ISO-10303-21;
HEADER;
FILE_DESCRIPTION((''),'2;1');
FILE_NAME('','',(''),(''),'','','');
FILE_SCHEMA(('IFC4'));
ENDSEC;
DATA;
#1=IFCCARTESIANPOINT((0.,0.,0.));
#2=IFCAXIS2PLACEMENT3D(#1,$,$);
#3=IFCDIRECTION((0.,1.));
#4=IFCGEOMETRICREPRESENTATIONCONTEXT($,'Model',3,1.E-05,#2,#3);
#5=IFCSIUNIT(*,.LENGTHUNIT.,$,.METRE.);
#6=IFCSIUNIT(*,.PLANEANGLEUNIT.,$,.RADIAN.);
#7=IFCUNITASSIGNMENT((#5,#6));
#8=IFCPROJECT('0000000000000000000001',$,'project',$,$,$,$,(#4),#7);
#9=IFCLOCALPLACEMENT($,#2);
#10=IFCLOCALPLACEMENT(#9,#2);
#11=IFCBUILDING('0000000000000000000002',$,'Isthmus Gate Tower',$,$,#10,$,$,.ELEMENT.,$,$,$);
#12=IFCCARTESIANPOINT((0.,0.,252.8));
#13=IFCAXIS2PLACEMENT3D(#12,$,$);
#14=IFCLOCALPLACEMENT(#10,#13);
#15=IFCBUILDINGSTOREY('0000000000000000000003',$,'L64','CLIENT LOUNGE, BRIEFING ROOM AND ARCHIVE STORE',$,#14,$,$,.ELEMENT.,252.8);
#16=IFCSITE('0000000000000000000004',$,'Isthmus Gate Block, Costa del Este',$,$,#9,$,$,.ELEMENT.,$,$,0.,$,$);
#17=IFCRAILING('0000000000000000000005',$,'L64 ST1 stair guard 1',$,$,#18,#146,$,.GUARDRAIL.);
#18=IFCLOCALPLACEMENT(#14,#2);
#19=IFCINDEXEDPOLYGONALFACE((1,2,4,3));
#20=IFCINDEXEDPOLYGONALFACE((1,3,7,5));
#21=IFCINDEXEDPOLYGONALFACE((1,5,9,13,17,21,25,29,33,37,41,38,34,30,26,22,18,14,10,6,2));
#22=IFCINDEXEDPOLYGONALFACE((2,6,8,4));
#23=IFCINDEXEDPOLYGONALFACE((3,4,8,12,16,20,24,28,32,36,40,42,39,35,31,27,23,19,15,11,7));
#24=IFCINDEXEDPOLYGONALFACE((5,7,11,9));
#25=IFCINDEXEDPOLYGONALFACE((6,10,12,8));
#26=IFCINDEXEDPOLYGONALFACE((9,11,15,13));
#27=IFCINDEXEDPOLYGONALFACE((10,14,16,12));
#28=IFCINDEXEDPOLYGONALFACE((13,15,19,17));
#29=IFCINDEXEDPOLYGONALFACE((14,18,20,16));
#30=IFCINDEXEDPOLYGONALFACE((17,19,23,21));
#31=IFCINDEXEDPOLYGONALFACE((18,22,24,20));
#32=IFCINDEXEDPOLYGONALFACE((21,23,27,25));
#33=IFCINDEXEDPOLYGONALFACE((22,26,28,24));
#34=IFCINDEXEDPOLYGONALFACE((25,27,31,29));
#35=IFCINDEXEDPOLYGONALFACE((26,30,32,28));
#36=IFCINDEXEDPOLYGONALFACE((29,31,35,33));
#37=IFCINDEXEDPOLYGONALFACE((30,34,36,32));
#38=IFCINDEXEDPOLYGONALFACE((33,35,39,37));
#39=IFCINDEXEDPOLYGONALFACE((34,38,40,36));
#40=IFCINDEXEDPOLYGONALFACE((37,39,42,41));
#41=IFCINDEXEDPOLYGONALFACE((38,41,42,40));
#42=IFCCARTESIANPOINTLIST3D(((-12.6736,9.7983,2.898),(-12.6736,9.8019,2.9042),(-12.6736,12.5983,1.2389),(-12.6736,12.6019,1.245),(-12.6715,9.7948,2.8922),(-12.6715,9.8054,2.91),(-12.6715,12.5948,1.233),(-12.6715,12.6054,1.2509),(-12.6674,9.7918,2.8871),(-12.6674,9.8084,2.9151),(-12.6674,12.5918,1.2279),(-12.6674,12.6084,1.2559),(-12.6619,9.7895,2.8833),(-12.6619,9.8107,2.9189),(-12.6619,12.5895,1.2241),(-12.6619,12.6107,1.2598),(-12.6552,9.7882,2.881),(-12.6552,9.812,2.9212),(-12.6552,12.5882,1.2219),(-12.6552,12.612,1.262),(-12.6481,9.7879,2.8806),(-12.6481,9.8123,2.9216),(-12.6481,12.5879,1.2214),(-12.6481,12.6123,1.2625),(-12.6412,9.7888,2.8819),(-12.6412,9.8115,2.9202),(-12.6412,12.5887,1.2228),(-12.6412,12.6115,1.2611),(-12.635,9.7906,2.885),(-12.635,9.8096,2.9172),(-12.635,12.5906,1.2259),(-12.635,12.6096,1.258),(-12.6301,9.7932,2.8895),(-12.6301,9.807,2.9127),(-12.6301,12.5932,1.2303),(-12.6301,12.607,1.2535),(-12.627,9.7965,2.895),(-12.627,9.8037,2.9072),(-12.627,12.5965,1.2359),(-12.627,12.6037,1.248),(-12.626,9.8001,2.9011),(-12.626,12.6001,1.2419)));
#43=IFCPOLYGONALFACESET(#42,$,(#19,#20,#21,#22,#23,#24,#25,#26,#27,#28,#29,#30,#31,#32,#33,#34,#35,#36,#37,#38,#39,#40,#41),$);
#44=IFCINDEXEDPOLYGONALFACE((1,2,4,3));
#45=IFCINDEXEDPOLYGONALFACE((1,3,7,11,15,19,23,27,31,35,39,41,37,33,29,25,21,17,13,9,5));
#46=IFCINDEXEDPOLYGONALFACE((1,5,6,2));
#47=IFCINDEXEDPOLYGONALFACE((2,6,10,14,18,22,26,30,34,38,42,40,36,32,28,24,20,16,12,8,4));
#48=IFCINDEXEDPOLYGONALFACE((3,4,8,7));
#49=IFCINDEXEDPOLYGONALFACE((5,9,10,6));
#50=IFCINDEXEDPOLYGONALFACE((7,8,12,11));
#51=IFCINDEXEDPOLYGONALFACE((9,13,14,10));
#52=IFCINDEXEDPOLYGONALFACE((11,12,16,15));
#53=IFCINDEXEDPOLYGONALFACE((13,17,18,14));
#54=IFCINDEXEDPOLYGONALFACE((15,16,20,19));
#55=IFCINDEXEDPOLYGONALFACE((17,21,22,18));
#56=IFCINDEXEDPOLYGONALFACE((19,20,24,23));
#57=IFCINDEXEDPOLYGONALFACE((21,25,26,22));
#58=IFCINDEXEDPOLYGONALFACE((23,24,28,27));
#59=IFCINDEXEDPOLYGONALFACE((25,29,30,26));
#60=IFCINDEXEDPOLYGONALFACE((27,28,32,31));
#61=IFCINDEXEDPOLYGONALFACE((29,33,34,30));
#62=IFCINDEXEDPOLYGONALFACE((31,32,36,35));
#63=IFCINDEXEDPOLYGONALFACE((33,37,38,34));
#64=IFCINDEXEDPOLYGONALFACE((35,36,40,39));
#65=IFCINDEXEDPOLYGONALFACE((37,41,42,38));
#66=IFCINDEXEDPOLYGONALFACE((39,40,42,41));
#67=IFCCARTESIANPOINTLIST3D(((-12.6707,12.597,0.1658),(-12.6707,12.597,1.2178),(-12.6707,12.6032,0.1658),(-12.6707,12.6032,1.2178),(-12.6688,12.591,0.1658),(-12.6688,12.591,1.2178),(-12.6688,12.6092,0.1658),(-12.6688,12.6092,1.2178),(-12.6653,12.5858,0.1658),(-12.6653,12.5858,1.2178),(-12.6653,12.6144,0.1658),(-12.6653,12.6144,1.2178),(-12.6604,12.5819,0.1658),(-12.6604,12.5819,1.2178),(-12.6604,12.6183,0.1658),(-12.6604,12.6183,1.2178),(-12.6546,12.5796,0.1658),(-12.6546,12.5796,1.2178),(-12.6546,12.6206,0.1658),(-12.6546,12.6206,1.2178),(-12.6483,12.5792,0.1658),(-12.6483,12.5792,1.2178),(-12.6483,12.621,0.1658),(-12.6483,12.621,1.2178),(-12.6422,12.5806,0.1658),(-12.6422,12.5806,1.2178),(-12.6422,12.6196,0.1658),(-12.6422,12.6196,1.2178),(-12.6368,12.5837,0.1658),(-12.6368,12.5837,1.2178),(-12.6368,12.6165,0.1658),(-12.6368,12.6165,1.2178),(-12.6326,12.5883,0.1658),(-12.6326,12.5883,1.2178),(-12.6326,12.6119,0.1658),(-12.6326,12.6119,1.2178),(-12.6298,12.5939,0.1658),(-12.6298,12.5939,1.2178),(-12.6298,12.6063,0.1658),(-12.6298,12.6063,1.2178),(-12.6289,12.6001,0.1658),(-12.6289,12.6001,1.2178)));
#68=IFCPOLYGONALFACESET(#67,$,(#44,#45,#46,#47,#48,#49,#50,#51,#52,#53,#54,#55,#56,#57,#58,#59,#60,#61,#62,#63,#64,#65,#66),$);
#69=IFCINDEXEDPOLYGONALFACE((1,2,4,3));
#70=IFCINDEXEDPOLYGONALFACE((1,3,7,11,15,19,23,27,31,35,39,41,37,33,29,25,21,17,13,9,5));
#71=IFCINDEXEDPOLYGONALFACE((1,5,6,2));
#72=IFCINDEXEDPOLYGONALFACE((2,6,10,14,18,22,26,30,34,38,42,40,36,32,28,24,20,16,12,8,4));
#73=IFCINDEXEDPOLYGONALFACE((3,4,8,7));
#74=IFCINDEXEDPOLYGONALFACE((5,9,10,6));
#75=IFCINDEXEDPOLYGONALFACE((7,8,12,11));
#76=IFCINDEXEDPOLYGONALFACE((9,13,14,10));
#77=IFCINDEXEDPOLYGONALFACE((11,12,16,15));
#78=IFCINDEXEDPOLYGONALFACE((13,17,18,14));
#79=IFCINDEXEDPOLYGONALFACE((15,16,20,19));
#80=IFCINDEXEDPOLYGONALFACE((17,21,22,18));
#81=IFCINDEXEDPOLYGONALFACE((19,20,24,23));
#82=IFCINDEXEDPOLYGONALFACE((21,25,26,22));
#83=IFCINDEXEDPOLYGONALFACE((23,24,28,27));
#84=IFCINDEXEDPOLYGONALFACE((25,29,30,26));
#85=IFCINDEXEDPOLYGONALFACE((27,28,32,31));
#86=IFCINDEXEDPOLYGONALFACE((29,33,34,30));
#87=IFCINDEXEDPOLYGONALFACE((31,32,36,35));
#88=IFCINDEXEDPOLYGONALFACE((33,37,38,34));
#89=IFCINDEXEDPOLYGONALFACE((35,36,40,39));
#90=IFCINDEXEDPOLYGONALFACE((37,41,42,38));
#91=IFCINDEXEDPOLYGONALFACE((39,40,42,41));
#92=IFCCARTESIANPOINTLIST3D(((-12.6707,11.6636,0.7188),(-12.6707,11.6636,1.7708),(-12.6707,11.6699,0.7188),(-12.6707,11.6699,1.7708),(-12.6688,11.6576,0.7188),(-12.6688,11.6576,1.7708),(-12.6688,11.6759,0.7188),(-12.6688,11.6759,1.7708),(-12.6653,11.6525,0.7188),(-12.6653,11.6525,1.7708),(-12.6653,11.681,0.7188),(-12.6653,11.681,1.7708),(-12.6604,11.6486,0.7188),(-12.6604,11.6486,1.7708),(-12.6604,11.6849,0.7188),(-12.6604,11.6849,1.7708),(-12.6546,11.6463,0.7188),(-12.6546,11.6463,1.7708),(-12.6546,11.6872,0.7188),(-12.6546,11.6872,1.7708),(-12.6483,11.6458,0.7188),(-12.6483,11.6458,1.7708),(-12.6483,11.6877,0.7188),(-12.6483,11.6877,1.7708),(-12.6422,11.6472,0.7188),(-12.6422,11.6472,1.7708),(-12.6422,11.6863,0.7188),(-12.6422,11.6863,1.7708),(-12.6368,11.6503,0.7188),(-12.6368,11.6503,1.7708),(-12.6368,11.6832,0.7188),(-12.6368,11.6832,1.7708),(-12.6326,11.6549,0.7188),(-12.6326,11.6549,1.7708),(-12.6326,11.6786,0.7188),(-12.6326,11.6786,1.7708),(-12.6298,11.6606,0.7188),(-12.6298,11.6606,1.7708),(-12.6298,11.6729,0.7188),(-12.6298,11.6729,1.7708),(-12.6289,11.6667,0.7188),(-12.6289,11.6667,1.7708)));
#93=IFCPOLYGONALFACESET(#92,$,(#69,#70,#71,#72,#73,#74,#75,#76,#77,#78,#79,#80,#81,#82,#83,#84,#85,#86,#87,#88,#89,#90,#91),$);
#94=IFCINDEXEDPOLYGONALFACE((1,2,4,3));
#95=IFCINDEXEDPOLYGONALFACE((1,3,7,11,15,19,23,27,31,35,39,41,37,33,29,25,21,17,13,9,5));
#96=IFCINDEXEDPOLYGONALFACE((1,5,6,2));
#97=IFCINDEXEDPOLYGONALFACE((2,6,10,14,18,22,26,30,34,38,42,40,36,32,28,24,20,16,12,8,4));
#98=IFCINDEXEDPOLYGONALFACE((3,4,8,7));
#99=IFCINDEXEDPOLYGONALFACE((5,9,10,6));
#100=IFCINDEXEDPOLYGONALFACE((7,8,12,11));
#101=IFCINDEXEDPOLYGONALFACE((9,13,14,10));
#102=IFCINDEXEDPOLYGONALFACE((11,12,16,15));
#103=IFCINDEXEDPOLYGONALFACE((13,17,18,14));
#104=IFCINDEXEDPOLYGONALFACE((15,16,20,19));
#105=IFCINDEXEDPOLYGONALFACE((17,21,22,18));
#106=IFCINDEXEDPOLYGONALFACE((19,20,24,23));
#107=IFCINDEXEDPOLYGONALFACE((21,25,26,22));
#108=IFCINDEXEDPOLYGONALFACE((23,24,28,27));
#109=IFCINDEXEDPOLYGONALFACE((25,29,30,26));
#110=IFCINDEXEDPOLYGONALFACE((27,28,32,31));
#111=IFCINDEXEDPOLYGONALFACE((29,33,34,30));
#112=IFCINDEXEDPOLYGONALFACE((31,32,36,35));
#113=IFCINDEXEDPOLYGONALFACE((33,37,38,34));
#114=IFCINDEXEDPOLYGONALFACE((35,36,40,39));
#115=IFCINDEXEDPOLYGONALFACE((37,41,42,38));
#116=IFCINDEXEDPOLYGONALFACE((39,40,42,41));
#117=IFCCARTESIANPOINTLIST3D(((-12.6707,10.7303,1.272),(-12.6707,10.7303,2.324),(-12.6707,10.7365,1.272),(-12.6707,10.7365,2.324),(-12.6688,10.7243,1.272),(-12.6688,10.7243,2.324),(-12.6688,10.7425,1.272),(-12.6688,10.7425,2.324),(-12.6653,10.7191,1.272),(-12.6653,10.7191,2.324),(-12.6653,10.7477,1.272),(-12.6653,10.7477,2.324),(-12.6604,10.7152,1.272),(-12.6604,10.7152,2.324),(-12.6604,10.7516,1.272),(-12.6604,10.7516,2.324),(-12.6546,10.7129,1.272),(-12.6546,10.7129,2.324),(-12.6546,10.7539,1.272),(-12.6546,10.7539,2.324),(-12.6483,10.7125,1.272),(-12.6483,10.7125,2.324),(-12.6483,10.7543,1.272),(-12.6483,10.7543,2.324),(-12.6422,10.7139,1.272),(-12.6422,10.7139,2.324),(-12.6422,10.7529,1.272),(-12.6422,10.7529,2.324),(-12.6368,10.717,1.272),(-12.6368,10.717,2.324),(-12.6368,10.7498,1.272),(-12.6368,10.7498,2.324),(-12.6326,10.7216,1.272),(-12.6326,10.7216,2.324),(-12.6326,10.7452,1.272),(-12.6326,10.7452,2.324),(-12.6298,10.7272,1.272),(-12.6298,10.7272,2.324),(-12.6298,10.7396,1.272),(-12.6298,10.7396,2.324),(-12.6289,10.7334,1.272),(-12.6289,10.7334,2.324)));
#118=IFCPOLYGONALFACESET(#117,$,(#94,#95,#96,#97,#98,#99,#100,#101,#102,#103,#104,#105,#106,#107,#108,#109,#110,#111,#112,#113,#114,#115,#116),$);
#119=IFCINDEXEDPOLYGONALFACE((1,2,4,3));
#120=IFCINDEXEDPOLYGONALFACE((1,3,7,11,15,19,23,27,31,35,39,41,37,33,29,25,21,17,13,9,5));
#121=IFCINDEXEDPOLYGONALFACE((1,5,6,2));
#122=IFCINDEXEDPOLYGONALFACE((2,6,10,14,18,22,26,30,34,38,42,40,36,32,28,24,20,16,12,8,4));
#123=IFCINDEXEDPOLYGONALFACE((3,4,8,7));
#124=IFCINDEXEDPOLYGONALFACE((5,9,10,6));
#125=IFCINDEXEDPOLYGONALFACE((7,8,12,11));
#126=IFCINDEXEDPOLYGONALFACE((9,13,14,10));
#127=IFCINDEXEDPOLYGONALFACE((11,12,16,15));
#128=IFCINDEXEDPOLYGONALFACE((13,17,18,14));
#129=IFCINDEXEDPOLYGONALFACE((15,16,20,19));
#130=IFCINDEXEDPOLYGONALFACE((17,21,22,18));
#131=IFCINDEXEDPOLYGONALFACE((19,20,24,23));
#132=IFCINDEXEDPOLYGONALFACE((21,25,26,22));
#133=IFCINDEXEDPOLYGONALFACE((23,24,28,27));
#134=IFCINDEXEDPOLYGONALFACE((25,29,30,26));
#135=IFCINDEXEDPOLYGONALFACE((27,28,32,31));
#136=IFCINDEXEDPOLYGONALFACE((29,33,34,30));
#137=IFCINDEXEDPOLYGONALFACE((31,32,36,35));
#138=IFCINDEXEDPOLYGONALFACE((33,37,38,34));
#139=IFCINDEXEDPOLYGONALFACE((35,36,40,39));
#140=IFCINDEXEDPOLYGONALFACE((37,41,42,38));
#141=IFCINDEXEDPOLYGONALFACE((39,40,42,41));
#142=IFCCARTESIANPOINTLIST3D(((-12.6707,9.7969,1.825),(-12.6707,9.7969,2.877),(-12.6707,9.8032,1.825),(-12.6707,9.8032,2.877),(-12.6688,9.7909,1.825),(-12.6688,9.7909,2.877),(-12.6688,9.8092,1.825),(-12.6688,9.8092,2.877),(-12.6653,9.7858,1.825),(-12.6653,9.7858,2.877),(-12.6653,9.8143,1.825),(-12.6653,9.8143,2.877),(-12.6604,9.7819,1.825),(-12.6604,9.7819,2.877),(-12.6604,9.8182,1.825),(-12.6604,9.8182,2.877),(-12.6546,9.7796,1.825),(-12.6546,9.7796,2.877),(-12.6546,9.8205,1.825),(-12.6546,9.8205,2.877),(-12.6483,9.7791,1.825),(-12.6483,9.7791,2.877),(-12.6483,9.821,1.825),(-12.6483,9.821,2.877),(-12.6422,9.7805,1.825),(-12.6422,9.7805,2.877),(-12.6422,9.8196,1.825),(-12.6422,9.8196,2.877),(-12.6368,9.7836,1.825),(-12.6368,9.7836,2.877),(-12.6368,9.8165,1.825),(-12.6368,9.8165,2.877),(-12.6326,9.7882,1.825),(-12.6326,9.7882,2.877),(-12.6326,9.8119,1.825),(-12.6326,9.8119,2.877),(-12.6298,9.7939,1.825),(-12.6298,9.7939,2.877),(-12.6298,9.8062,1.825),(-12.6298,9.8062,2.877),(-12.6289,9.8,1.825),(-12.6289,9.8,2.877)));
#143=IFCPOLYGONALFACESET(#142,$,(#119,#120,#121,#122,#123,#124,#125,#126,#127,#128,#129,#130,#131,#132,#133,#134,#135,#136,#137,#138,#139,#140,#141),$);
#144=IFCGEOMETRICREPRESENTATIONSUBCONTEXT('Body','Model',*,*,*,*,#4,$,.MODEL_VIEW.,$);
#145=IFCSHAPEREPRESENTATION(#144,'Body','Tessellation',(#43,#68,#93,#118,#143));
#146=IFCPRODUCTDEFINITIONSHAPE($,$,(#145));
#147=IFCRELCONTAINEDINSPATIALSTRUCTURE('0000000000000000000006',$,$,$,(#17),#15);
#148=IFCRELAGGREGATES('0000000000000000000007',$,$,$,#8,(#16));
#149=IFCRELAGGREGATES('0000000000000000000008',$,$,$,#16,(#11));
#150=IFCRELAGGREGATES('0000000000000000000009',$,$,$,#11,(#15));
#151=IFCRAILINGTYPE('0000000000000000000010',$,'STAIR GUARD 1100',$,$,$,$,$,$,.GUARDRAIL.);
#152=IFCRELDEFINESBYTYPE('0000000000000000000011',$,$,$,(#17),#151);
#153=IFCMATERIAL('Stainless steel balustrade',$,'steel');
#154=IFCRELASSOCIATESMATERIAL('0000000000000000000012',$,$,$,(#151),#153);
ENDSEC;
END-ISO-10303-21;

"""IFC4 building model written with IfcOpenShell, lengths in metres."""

from ifc_helpers import new_model, si_unit, direction, frame, origin, origin_2d, place, context, subcontext, project, spatial, circle, extrude, material, type_object, element, save


model = new_model("IFC4")

# Units and contexts
model_context = context("Model", 3, precision=1e-05, world=origin(), true_north=direction((0.0, 1.0)))
body_context = subcontext(model_context, "Body", "Model", "MODEL_VIEW")
ifc_project = project(units=[si_unit("LENGTHUNIT", "METRE"), si_unit("PLANEANGLEUNIT", "RADIAN")], contexts=[model_context])

# Site, building, storey
site_placement = place(None, origin())
site = spatial("IfcSite", under=ifc_project, at=site_placement, Name="Isthmus Gate Block, Costa del Este", CompositionType="ELEMENT", RefElevation=0.0)
building_placement = place(site_placement, origin())
building = spatial("IfcBuilding", under=site, at=building_placement, Name="Isthmus Gate Tower", CompositionType="ELEMENT")
storey_placement = place(building_placement, frame((0.0, 0.0, 252.8)))
storey = spatial("IfcBuildingStorey", under=building, at=storey_placement, Name="L64", Description="CLIENT LOUNGE, BRIEFING ROOM AND ARCHIVE STORE", CompositionType="ELEMENT", Elevation=252.8)

# Railing
ifc_material_1 = material(Name="Stainless steel balustrade", Category="steel")
railing_type = type_object("IfcRailingType", Name="STAIR GUARD 1100", PredefinedType="GUARDRAIL", material=ifc_material_1)
railing_1_placement = place(storey_placement, frame((-12.6499, 12.6001, 0.1658)))
element("IfcRailing", 1, at=railing_1_placement, inside=storey, type_object=railing_type, Name="L64 ST1 stair guard 1", PredefinedType="GUARDRAIL", context=body_context, shape_type="SweptSolid", body=[
    extrude(circle(Radius=0.0239, at=origin_2d()), frame((0.0, 0.0, 1.0762), z_axis=(0.0, -0.860306, 0.509778), x_axis=(1.0, 0.0, 0.0)), (0.0, 0.0, 1.0), 3.2546),
    extrude(circle(Radius=0.021, at=origin_2d()), origin(), (0.0, 0.0, 1.0), 1.052),
    extrude(circle(Radius=0.021, at=origin_2d()), frame((0.0, -0.9333, 0.553)), (0.0, 0.0, 1.0), 1.052),
    extrude(circle(Radius=0.021, at=origin_2d()), frame((0.0, -1.8667, 1.1062)), (0.0, 0.0, 1.0), 1.052),
    extrude(circle(Radius=0.021, at=origin_2d()), frame((0.0, -2.8, 1.6592)), (0.0, 0.0, 1.0), 1.052),
])

save(model, "model.ifc")
